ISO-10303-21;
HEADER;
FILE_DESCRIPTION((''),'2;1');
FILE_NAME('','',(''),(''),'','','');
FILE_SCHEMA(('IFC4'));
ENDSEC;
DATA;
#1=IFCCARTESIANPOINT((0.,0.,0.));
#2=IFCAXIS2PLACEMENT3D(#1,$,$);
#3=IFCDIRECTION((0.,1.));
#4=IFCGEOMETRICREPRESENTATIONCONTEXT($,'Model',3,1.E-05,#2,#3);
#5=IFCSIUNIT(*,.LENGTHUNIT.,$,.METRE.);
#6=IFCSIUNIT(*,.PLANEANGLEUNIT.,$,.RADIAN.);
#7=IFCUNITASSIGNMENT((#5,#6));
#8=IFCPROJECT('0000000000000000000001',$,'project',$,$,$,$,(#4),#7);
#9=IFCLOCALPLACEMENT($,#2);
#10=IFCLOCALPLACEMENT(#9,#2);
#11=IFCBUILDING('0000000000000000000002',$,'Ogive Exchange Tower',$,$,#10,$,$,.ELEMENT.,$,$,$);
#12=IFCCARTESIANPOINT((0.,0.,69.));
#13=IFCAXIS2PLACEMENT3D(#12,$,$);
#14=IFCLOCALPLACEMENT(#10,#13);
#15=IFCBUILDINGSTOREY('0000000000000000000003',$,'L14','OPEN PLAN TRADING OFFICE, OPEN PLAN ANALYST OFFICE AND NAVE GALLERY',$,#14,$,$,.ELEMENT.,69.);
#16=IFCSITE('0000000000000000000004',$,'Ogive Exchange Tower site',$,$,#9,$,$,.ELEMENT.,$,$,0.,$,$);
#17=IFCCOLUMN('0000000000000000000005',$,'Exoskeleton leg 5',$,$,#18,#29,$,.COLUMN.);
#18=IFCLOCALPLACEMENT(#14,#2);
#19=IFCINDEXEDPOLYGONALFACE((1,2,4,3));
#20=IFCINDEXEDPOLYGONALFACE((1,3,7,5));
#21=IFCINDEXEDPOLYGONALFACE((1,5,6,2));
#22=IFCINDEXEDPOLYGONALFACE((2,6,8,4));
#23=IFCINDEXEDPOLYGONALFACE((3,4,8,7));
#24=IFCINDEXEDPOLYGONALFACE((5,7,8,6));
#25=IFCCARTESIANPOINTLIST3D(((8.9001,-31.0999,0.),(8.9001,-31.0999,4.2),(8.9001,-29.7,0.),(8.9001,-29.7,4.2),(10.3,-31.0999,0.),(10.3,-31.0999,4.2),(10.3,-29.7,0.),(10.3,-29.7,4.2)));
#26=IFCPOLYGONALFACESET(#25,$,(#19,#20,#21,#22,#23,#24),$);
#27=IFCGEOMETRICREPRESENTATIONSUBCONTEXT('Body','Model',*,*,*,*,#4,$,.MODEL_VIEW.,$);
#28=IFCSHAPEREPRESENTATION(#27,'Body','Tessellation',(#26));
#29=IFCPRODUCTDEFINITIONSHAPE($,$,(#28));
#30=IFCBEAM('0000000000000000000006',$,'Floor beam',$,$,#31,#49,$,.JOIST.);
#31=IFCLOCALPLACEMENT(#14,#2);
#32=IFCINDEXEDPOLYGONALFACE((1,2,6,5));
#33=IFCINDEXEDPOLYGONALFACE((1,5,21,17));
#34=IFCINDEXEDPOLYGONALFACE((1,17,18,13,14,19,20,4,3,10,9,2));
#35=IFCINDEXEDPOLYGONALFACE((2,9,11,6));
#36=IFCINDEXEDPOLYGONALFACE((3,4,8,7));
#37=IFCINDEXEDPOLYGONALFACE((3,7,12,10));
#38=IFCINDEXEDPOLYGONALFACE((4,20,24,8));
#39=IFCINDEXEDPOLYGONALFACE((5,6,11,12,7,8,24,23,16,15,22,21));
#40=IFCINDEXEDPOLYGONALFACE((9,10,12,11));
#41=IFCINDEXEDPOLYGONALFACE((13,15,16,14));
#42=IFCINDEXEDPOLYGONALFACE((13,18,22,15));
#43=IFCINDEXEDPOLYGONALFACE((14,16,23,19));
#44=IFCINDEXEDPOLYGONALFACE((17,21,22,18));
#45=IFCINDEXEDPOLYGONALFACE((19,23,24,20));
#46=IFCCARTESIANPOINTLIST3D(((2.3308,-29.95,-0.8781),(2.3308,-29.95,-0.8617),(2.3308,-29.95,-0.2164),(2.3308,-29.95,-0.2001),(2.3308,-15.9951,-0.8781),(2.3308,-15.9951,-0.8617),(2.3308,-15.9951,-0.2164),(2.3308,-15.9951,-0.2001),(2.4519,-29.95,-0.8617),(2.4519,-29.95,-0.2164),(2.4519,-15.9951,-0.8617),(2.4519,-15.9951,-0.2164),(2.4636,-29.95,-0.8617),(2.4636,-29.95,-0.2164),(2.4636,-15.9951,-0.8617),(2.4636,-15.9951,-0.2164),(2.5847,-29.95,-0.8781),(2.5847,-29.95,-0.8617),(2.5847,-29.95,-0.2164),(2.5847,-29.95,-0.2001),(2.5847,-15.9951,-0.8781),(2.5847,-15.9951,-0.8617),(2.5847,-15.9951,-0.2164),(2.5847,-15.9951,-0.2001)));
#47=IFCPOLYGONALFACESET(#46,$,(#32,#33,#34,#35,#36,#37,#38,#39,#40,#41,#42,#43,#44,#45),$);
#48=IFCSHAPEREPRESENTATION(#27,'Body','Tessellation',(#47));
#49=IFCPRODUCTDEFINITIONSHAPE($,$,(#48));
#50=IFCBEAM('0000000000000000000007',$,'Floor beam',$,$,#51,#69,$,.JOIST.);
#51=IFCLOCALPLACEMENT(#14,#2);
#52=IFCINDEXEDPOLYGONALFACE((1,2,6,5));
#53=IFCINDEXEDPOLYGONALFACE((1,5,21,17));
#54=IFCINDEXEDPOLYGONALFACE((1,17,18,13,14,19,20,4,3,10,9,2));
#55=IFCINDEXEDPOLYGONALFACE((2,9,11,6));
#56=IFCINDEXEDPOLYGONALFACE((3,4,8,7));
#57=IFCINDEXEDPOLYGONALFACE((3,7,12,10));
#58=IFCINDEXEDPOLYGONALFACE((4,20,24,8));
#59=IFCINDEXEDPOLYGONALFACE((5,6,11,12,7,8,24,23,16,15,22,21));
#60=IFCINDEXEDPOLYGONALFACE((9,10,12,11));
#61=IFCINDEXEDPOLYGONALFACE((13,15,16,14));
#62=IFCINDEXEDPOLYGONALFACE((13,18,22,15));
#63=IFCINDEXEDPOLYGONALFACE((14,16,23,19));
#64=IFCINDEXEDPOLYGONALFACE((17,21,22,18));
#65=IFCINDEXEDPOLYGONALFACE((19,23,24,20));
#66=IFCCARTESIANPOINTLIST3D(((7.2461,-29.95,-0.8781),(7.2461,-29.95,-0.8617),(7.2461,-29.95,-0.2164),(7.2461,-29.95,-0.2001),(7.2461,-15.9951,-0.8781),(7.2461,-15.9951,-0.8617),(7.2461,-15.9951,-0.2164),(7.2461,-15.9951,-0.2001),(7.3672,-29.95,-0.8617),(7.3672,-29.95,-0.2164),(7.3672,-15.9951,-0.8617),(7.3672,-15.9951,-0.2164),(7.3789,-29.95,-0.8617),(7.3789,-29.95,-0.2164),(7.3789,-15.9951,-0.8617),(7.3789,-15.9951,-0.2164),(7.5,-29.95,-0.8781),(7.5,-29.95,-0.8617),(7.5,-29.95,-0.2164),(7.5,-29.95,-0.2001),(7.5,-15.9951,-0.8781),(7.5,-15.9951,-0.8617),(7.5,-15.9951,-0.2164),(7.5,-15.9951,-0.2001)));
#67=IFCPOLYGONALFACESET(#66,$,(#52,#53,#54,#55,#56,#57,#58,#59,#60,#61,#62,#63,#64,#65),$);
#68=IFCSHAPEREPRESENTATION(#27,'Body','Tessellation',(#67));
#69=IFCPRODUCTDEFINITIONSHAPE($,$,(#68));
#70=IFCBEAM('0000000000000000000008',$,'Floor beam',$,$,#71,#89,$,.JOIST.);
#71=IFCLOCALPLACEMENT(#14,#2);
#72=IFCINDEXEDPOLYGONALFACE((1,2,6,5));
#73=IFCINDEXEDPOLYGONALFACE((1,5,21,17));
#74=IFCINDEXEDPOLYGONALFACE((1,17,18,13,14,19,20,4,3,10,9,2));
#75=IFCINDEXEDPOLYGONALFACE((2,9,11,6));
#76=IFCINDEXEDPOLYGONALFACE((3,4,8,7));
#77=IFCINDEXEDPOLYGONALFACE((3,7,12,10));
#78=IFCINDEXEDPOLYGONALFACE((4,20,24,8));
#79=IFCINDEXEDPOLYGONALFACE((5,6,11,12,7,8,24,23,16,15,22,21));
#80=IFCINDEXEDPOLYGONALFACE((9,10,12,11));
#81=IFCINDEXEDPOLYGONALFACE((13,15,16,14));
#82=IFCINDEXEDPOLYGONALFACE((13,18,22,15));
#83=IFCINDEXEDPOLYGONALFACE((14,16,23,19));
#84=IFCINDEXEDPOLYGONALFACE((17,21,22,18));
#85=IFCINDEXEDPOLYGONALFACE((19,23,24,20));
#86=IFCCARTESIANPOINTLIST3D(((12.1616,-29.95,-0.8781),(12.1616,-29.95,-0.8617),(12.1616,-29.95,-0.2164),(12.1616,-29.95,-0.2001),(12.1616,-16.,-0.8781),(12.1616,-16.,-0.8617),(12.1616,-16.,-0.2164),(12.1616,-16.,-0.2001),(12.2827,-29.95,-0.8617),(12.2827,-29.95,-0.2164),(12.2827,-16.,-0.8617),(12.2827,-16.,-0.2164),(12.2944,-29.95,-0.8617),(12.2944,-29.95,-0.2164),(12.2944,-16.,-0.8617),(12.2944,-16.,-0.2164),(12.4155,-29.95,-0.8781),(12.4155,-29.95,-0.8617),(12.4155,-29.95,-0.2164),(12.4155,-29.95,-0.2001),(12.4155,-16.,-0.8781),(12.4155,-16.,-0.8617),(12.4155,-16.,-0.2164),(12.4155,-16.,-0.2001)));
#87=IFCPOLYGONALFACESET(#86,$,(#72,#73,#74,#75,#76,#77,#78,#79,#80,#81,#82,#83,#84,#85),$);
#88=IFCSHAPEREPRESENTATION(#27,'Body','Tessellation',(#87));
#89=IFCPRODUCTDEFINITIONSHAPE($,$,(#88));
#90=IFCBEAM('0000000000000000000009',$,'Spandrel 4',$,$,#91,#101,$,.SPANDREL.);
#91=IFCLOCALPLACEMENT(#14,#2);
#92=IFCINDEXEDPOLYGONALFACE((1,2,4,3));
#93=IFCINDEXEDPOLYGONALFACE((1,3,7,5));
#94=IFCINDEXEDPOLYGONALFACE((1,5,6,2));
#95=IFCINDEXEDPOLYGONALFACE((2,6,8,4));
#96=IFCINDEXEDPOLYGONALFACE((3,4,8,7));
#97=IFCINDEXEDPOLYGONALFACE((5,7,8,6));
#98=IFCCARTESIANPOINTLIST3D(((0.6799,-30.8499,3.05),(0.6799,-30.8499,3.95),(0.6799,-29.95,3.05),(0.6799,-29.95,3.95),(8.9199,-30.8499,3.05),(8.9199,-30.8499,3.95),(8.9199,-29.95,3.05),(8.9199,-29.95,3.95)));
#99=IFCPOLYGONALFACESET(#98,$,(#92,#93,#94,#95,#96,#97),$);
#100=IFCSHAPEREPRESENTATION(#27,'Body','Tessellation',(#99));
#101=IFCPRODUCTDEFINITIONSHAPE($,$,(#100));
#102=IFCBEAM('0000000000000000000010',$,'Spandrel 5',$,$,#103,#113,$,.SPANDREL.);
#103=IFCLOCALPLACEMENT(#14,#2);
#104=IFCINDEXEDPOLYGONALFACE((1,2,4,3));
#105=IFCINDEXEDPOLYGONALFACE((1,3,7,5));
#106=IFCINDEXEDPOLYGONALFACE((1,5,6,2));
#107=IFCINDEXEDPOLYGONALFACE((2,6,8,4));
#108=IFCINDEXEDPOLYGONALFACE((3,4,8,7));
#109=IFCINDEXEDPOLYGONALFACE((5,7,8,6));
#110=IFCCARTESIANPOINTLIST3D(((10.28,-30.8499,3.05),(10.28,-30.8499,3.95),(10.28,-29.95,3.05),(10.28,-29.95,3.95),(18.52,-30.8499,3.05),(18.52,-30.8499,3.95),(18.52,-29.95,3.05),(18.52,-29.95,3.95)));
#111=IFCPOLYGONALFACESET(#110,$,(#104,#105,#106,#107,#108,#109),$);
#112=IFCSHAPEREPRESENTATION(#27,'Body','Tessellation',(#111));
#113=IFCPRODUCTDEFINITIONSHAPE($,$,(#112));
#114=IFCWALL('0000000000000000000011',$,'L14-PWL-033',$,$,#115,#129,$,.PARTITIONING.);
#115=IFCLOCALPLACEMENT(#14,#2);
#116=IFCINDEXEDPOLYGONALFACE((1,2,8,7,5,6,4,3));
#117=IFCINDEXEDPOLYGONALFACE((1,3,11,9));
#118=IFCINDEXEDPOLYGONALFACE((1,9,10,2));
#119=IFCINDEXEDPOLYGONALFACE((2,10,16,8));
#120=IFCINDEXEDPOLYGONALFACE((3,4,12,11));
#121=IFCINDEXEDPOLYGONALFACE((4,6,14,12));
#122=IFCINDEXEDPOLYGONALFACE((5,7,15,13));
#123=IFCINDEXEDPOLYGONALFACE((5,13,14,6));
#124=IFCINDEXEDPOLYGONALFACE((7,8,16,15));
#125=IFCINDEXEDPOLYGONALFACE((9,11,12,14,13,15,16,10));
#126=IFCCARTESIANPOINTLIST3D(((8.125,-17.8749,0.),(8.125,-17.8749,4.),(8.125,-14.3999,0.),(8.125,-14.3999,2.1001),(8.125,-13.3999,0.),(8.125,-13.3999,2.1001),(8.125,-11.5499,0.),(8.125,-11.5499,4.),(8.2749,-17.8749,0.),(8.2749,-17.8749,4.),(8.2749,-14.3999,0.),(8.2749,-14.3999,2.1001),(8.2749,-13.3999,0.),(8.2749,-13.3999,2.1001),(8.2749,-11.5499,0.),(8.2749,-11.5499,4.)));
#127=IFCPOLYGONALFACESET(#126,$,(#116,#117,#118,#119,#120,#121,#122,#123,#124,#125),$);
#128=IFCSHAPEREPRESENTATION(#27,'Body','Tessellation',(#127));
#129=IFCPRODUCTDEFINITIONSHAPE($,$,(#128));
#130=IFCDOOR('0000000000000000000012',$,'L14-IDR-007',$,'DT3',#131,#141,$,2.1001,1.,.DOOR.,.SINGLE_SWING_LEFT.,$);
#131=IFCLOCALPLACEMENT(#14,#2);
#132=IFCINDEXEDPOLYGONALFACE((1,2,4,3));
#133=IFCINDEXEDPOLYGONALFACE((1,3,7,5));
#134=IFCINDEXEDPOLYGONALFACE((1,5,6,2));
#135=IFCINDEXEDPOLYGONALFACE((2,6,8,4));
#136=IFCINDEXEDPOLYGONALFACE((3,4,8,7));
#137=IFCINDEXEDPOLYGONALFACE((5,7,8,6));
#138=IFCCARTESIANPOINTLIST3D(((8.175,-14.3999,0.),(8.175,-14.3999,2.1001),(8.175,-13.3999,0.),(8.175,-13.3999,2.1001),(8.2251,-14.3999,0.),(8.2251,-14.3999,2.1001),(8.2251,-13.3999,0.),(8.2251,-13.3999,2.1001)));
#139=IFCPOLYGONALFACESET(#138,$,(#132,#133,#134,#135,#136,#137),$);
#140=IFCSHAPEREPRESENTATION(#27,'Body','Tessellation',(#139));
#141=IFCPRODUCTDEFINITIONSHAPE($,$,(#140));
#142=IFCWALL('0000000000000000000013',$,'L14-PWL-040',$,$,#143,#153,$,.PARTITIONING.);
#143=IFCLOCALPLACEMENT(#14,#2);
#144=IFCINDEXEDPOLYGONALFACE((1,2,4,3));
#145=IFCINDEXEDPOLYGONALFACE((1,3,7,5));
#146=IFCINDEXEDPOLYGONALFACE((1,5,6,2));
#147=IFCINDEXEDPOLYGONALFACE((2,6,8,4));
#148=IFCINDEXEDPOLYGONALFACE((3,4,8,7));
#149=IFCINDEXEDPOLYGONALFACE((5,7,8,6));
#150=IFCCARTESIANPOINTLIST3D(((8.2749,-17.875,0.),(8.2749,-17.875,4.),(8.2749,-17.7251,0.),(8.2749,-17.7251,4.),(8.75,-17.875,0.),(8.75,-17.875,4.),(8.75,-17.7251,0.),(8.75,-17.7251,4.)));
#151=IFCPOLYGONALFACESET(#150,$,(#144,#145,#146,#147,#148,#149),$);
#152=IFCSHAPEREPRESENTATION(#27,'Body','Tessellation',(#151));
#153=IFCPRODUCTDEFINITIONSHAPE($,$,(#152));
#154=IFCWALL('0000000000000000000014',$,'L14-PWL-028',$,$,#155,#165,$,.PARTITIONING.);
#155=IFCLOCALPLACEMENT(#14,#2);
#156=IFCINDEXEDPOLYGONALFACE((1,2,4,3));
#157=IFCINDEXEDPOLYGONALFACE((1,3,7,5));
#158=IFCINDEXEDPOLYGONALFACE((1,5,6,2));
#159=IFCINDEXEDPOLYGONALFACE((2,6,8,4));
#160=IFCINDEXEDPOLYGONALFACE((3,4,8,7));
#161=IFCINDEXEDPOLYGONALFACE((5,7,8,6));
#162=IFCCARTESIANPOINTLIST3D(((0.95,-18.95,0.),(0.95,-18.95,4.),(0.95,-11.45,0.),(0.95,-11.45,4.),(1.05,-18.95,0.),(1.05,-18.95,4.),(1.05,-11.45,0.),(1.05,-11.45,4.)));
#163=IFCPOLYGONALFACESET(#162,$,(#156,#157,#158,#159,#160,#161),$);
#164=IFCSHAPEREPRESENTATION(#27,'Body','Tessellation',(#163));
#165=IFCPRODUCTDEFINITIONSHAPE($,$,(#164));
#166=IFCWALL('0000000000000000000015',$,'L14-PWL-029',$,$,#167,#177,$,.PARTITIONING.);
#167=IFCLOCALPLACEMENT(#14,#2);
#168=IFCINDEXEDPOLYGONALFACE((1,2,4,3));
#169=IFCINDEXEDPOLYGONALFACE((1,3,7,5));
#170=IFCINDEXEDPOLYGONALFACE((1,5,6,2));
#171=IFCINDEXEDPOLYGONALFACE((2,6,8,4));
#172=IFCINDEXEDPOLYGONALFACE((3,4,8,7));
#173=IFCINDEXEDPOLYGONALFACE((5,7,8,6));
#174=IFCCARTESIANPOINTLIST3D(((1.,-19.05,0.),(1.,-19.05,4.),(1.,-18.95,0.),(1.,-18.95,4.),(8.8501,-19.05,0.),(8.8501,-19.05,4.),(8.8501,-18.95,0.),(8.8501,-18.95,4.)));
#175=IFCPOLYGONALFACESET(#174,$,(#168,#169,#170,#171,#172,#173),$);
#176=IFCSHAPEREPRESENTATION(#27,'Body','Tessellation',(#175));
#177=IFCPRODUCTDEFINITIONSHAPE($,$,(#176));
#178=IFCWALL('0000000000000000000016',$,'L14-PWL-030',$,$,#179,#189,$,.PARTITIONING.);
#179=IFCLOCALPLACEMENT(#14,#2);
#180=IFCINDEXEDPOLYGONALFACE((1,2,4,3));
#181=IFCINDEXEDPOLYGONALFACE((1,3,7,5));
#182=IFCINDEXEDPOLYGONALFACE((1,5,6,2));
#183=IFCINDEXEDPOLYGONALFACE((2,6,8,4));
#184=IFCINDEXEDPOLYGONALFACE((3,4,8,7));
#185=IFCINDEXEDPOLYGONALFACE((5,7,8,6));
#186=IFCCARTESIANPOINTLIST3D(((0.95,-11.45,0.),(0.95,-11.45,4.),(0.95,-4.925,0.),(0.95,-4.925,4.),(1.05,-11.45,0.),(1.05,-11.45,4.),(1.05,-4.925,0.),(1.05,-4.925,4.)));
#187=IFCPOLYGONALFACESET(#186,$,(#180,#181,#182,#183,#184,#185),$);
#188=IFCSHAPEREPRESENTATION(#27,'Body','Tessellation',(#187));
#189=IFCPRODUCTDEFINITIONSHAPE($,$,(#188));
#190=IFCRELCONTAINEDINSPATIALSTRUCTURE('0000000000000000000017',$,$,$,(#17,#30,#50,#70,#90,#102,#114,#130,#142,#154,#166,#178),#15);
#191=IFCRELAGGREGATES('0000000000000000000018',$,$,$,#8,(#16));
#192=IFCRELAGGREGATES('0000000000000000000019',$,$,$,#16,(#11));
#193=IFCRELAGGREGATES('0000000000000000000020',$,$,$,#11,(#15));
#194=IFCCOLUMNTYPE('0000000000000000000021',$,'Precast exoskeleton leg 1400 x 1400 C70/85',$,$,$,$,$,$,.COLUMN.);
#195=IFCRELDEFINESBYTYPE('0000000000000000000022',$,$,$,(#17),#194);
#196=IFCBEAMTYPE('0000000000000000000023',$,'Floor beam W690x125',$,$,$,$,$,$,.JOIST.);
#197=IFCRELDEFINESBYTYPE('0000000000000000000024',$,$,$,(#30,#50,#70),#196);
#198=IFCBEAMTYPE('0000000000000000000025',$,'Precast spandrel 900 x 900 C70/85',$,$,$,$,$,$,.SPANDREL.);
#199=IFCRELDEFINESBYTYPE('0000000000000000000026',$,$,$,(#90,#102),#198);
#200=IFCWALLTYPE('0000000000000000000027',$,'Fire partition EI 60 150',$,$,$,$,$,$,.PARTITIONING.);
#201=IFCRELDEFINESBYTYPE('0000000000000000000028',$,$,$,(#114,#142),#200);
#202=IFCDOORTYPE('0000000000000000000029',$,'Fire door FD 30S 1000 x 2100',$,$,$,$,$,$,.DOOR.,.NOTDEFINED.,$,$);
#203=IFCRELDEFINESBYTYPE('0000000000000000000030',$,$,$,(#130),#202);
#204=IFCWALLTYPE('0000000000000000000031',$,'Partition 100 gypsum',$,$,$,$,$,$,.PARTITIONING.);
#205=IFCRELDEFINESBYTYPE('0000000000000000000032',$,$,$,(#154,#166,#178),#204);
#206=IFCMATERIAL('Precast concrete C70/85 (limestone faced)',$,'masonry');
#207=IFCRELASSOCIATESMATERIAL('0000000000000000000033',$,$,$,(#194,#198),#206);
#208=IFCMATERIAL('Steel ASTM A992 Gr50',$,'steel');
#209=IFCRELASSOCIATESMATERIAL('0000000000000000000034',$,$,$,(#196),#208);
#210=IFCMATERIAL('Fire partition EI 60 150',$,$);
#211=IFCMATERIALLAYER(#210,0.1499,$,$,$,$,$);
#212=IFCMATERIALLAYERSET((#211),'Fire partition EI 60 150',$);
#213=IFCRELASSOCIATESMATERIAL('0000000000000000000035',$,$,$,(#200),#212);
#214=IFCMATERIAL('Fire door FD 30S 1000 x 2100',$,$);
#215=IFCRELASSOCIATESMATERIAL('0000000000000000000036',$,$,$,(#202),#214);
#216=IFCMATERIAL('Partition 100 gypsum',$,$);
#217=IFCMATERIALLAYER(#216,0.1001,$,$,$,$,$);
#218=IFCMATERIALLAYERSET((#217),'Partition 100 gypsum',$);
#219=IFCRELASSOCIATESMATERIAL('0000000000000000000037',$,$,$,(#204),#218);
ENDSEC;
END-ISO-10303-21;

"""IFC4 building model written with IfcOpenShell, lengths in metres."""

from ifc_helpers import new_model, si_unit, direction, frame, frame_2d, origin, origin_2d, place, context, subcontext, project, spatial, rectangle, i_section, extrude, material, layer, layer_set, material_profile, profile_set, type_object, element, fill, save


model = new_model("IFC4")

# Units and contexts
model_context = context("Model", 3, precision=1e-05, world=origin(), true_north=direction((0.0, 1.0)))
body_context = subcontext(model_context, "Body", "Model", "MODEL_VIEW")
ifc_project = project(units=[si_unit("LENGTHUNIT", "METRE"), si_unit("PLANEANGLEUNIT", "RADIAN")], contexts=[model_context])

# Site, building, storey
site_placement = place(None, origin())
site = spatial("IfcSite", under=ifc_project, at=site_placement, Name="Ogive Exchange Tower site", CompositionType="ELEMENT", RefElevation=0.0)
building_placement = place(site_placement, origin())
building = spatial("IfcBuilding", under=site, at=building_placement, Name="Ogive Exchange Tower", CompositionType="ELEMENT")
storey_placement = place(building_placement, frame((0.0, 0.0, 69.0)))
storey = spatial("IfcBuildingStorey", under=building, at=storey_placement, Name="L14", Description="OPEN PLAN TRADING OFFICE, OPEN PLAN ANALYST OFFICE AND NAVE GALLERY", CompositionType="ELEMENT", Elevation=69.0)

# Column
ifc_material_1 = material(Name="Precast concrete C70/85 (limestone faced)", Category="masonry")
ifc_material_profile_1 = material_profile(ifc_material_1, rectangle(XDim=1.3999, YDim=1.3999, at=origin_2d()), Name="1400 x 1400")
ifc_profile_set_1 = profile_set([ifc_material_profile_1], Name="Precast concrete C70/85 (limestone faced)")
column_type = type_object("IfcColumnType", Name="Precast exoskeleton leg 1400 x 1400 C70/85", PredefinedType="COLUMN", material=ifc_profile_set_1)
column_placement = place(storey_placement, frame((9.6001, -30.3999, 0.0), z_axis=(0.0, 0.0, 1.0), x_axis=(1.0, 0.0, 0.0)))
element("IfcColumn", 1, at=column_placement, inside=storey, type_object=column_type, Name="Exoskeleton leg 5", PredefinedType="COLUMN", context=body_context, shape_type="SweptSolid", body=[
    extrude(rectangle(XDim=1.3999, YDim=1.3999, at=origin_2d()), origin(), (0.0, 0.0, 1.0), 4.2),
])

# Beams
ifc_material_2 = material(Name="Steel ASTM A992 Gr50", Category="steel")
ifc_material_profile_2 = material_profile(ifc_material_2, i_section(OverallWidth=0.2539, OverallDepth=0.678, WebThickness=0.0117, FlangeThickness=0.0164, at=origin_2d()), Name="W690x125")
ifc_profile_set_2 = profile_set([ifc_material_profile_2], Name="Steel ASTM A992 Gr50")
beam_type_1 = type_object("IfcBeamType", Name="Floor beam W690x125", PredefinedType="JOIST", material=ifc_profile_set_2)
for number, where, z_axis, x_axis, name in (
    (2, (2.4578, -29.95, -0.5391), (0.0, 1.0, 0.0), (-1.0, 0.0, 0.0), "Floor beam"),
    (3, (7.373, -29.95, -0.5391), (0.0, 1.0, 0.0), (-1.0, 0.0, 0.0), "Floor beam"),
):
    element("IfcBeam", number, at=place(storey_placement, frame(where, z_axis=z_axis, x_axis=x_axis)), inside=storey, type_object=beam_type_1, Name=name, PredefinedType="JOIST", context=body_context, shape_type="SweptSolid", body=[
        extrude(i_section(OverallWidth=0.2539, OverallDepth=0.678, WebThickness=0.0117, FlangeThickness=0.0164, at=origin_2d()), origin(), (0.0, 0.0, 1.0), 13.9548),
    ])
beam_placement = place(storey_placement, frame((12.2886, -29.95, -0.5391), z_axis=(0.0, 1.0, 0.0), x_axis=(-1.0, 0.0, 0.0)))
element("IfcBeam", 4, at=beam_placement, inside=storey, type_object=beam_type_1, Name="Floor beam", PredefinedType="JOIST", context=body_context, shape_type="SweptSolid", body=[
    extrude(i_section(OverallWidth=0.2539, OverallDepth=0.678, WebThickness=0.0117, FlangeThickness=0.0164, at=origin_2d()), origin(), (0.0, 0.0, 1.0), 13.95),
])
ifc_material_profile_3 = material_profile(ifc_material_1, rectangle(XDim=0.8999, YDim=0.8999, at=origin_2d()), Name="900 x 900")
ifc_profile_set_3 = profile_set([ifc_material_profile_3], Name="Precast concrete C70/85 (limestone faced)")
beam_type_2 = type_object("IfcBeamType", Name="Precast spandrel 900 x 900 C70/85", PredefinedType="SPANDREL", material=ifc_profile_set_3)
for number, where, z_axis, x_axis, name in (
    (5, (0.6799, -30.3999, 3.5), (1.0, 0.0, 0.0), (0.0, 1.0, 0.0), "Spandrel 4"),
    (6, (10.28, -30.3999, 3.5), (1.0, 0.0, 0.0), (0.0, 1.0, 0.0), "Spandrel 5"),
):
    element("IfcBeam", number, at=place(storey_placement, frame(where, z_axis=z_axis, x_axis=x_axis)), inside=storey, type_object=beam_type_2, Name=name, PredefinedType="SPANDREL", context=body_context, shape_type="SweptSolid", body=[
        extrude(rectangle(XDim=0.8999, YDim=0.8999, at=origin_2d()), origin(), (0.0, 0.0, 1.0), 8.24),
    ])

# Wall, opening, door
ifc_material_3 = material(Name="Fire partition EI 60 150")
ifc_layer_1 = layer(ifc_material_3, 0.1499)
ifc_layer_set_1 = layer_set([ifc_layer_1], Name="Fire partition EI 60 150")
wall_type_1 = type_object("IfcWallType", Name="Fire partition EI 60 150", PredefinedType="PARTITIONING", material=ifc_layer_set_1)
wall_1_placement = place(storey_placement, frame((8.2, -17.875, 0.0), z_axis=(0.0, 0.0, 1.0), x_axis=(0.0, 1.0, 0.0)))
wall_1 = element("IfcWall", 7, at=wall_1_placement, inside=storey, type_object=wall_type_1, Name="L14-PWL-033", PredefinedType="PARTITIONING", context=body_context, shape_type="SweptSolid", body=[
    extrude(rectangle(XDim=6.325, YDim=0.1499, at=frame_2d((3.1626, 0.0))), origin(), (0.0, 0.0, 1.0), 4.0),
])
opening_1_placement = place(wall_1_placement, frame((3.4751, 0.0, 0.0)))
opening_1 = element("IfcOpeningElement", 8, at=opening_1_placement, cuts=wall_1, PredefinedType="OPENING", context=body_context, shape_type="SweptSolid", body=[
    extrude(rectangle(XDim=1.0, YDim=2.1001, at=frame_2d((0.5, 1.05))), frame((0.0, 0.085, 0.0), z_axis=(0.0, -1.0, 0.0), x_axis=(1.0, 0.0, 0.0)), (0.0, 0.0, 1.0), 0.1699),
])
ifc_material_4 = material(Name="Fire door FD 30S 1000 x 2100")
door_type_1 = type_object("IfcDoorType", Name="Fire door FD 30S 1000 x 2100", OperationType="NOTDEFINED", PredefinedType="DOOR", material=ifc_material_4)
door_1_placement = place(opening_1_placement, origin())
door_1 = element("IfcDoor", 9, at=door_1_placement, inside=storey, type_object=door_type_1, Name="L14-IDR-007", ObjectType="DT3", OperationType="SINGLE_SWING_LEFT", OverallHeight=2.1001, OverallWidth=1.0, PredefinedType="DOOR", context=body_context, shape_type="SweptSolid", body=[
    extrude(rectangle(XDim=1.0, YDim=2.1001, at=frame_2d((0.5, 1.05))), frame((0.0, 0.0249, 0.0), z_axis=(0.0, -1.0, 0.0), x_axis=(1.0, 0.0, 0.0)), (0.0, 0.0, 1.0), 0.05),
])
fill(opening_1, door_1)

# Walls
wall_2_placement = place(storey_placement, frame((8.75, -17.8, 0.0), z_axis=(0.0, 0.0, 1.0), x_axis=(-1.0, 0.0, 0.0)))
element("IfcWall", 10, at=wall_2_placement, inside=storey, type_object=wall_type_1, Name="L14-PWL-040", PredefinedType="PARTITIONING", context=body_context, shape_type="SweptSolid", body=[
    extrude(rectangle(XDim=0.4751, YDim=0.1499, at=frame_2d((0.2375, 0.0))), origin(), (0.0, 0.0, 1.0), 4.0),
])
ifc_material_5 = material(Name="Partition 100 gypsum")
ifc_layer_2 = layer(ifc_material_5, 0.1001)
ifc_layer_set_2 = layer_set([ifc_layer_2], Name="Partition 100 gypsum")
wall_type_2 = type_object("IfcWallType", Name="Partition 100 gypsum", PredefinedType="PARTITIONING", material=ifc_layer_set_2)
wall_3_placement = place(storey_placement, frame((1.0, -18.95, 0.0), z_axis=(0.0, 0.0, 1.0), x_axis=(0.0, 1.0, 0.0)))
element("IfcWall", 11, at=wall_3_placement, inside=storey, type_object=wall_type_2, Name="L14-PWL-028", PredefinedType="PARTITIONING", context=body_context, shape_type="SweptSolid", body=[
    extrude(rectangle(XDim=7.5, YDim=0.1001, at=frame_2d((3.75, 0.0))), origin(), (0.0, 0.0, 1.0), 4.0),
])
wall_4_placement = place(storey_placement, frame((1.0, -19.0, 0.0), z_axis=(0.0, 0.0, 1.0), x_axis=(1.0, 0.0, 0.0)))
element("IfcWall", 12, at=wall_4_placement, inside=storey, type_object=wall_type_2, Name="L14-PWL-029", PredefinedType="PARTITIONING", context=body_context, shape_type="SweptSolid", body=[
    extrude(rectangle(XDim=7.8501, YDim=0.1001, at=frame_2d((3.925, 0.0))), origin(), (0.0, 0.0, 1.0), 4.0),
])
wall_5_placement = place(storey_placement, frame((1.0, -11.45, 0.0), z_axis=(0.0, 0.0, 1.0), x_axis=(0.0, 1.0, 0.0)))
element("IfcWall", 13, at=wall_5_placement, inside=storey, type_object=wall_type_2, Name="L14-PWL-030", PredefinedType="PARTITIONING", context=body_context, shape_type="SweptSolid", body=[
    extrude(rectangle(XDim=6.5249, YDim=0.1001, at=frame_2d((3.2625, 0.0))), origin(), (0.0, 0.0, 1.0), 4.0),
])

save(model, "model.ifc")
